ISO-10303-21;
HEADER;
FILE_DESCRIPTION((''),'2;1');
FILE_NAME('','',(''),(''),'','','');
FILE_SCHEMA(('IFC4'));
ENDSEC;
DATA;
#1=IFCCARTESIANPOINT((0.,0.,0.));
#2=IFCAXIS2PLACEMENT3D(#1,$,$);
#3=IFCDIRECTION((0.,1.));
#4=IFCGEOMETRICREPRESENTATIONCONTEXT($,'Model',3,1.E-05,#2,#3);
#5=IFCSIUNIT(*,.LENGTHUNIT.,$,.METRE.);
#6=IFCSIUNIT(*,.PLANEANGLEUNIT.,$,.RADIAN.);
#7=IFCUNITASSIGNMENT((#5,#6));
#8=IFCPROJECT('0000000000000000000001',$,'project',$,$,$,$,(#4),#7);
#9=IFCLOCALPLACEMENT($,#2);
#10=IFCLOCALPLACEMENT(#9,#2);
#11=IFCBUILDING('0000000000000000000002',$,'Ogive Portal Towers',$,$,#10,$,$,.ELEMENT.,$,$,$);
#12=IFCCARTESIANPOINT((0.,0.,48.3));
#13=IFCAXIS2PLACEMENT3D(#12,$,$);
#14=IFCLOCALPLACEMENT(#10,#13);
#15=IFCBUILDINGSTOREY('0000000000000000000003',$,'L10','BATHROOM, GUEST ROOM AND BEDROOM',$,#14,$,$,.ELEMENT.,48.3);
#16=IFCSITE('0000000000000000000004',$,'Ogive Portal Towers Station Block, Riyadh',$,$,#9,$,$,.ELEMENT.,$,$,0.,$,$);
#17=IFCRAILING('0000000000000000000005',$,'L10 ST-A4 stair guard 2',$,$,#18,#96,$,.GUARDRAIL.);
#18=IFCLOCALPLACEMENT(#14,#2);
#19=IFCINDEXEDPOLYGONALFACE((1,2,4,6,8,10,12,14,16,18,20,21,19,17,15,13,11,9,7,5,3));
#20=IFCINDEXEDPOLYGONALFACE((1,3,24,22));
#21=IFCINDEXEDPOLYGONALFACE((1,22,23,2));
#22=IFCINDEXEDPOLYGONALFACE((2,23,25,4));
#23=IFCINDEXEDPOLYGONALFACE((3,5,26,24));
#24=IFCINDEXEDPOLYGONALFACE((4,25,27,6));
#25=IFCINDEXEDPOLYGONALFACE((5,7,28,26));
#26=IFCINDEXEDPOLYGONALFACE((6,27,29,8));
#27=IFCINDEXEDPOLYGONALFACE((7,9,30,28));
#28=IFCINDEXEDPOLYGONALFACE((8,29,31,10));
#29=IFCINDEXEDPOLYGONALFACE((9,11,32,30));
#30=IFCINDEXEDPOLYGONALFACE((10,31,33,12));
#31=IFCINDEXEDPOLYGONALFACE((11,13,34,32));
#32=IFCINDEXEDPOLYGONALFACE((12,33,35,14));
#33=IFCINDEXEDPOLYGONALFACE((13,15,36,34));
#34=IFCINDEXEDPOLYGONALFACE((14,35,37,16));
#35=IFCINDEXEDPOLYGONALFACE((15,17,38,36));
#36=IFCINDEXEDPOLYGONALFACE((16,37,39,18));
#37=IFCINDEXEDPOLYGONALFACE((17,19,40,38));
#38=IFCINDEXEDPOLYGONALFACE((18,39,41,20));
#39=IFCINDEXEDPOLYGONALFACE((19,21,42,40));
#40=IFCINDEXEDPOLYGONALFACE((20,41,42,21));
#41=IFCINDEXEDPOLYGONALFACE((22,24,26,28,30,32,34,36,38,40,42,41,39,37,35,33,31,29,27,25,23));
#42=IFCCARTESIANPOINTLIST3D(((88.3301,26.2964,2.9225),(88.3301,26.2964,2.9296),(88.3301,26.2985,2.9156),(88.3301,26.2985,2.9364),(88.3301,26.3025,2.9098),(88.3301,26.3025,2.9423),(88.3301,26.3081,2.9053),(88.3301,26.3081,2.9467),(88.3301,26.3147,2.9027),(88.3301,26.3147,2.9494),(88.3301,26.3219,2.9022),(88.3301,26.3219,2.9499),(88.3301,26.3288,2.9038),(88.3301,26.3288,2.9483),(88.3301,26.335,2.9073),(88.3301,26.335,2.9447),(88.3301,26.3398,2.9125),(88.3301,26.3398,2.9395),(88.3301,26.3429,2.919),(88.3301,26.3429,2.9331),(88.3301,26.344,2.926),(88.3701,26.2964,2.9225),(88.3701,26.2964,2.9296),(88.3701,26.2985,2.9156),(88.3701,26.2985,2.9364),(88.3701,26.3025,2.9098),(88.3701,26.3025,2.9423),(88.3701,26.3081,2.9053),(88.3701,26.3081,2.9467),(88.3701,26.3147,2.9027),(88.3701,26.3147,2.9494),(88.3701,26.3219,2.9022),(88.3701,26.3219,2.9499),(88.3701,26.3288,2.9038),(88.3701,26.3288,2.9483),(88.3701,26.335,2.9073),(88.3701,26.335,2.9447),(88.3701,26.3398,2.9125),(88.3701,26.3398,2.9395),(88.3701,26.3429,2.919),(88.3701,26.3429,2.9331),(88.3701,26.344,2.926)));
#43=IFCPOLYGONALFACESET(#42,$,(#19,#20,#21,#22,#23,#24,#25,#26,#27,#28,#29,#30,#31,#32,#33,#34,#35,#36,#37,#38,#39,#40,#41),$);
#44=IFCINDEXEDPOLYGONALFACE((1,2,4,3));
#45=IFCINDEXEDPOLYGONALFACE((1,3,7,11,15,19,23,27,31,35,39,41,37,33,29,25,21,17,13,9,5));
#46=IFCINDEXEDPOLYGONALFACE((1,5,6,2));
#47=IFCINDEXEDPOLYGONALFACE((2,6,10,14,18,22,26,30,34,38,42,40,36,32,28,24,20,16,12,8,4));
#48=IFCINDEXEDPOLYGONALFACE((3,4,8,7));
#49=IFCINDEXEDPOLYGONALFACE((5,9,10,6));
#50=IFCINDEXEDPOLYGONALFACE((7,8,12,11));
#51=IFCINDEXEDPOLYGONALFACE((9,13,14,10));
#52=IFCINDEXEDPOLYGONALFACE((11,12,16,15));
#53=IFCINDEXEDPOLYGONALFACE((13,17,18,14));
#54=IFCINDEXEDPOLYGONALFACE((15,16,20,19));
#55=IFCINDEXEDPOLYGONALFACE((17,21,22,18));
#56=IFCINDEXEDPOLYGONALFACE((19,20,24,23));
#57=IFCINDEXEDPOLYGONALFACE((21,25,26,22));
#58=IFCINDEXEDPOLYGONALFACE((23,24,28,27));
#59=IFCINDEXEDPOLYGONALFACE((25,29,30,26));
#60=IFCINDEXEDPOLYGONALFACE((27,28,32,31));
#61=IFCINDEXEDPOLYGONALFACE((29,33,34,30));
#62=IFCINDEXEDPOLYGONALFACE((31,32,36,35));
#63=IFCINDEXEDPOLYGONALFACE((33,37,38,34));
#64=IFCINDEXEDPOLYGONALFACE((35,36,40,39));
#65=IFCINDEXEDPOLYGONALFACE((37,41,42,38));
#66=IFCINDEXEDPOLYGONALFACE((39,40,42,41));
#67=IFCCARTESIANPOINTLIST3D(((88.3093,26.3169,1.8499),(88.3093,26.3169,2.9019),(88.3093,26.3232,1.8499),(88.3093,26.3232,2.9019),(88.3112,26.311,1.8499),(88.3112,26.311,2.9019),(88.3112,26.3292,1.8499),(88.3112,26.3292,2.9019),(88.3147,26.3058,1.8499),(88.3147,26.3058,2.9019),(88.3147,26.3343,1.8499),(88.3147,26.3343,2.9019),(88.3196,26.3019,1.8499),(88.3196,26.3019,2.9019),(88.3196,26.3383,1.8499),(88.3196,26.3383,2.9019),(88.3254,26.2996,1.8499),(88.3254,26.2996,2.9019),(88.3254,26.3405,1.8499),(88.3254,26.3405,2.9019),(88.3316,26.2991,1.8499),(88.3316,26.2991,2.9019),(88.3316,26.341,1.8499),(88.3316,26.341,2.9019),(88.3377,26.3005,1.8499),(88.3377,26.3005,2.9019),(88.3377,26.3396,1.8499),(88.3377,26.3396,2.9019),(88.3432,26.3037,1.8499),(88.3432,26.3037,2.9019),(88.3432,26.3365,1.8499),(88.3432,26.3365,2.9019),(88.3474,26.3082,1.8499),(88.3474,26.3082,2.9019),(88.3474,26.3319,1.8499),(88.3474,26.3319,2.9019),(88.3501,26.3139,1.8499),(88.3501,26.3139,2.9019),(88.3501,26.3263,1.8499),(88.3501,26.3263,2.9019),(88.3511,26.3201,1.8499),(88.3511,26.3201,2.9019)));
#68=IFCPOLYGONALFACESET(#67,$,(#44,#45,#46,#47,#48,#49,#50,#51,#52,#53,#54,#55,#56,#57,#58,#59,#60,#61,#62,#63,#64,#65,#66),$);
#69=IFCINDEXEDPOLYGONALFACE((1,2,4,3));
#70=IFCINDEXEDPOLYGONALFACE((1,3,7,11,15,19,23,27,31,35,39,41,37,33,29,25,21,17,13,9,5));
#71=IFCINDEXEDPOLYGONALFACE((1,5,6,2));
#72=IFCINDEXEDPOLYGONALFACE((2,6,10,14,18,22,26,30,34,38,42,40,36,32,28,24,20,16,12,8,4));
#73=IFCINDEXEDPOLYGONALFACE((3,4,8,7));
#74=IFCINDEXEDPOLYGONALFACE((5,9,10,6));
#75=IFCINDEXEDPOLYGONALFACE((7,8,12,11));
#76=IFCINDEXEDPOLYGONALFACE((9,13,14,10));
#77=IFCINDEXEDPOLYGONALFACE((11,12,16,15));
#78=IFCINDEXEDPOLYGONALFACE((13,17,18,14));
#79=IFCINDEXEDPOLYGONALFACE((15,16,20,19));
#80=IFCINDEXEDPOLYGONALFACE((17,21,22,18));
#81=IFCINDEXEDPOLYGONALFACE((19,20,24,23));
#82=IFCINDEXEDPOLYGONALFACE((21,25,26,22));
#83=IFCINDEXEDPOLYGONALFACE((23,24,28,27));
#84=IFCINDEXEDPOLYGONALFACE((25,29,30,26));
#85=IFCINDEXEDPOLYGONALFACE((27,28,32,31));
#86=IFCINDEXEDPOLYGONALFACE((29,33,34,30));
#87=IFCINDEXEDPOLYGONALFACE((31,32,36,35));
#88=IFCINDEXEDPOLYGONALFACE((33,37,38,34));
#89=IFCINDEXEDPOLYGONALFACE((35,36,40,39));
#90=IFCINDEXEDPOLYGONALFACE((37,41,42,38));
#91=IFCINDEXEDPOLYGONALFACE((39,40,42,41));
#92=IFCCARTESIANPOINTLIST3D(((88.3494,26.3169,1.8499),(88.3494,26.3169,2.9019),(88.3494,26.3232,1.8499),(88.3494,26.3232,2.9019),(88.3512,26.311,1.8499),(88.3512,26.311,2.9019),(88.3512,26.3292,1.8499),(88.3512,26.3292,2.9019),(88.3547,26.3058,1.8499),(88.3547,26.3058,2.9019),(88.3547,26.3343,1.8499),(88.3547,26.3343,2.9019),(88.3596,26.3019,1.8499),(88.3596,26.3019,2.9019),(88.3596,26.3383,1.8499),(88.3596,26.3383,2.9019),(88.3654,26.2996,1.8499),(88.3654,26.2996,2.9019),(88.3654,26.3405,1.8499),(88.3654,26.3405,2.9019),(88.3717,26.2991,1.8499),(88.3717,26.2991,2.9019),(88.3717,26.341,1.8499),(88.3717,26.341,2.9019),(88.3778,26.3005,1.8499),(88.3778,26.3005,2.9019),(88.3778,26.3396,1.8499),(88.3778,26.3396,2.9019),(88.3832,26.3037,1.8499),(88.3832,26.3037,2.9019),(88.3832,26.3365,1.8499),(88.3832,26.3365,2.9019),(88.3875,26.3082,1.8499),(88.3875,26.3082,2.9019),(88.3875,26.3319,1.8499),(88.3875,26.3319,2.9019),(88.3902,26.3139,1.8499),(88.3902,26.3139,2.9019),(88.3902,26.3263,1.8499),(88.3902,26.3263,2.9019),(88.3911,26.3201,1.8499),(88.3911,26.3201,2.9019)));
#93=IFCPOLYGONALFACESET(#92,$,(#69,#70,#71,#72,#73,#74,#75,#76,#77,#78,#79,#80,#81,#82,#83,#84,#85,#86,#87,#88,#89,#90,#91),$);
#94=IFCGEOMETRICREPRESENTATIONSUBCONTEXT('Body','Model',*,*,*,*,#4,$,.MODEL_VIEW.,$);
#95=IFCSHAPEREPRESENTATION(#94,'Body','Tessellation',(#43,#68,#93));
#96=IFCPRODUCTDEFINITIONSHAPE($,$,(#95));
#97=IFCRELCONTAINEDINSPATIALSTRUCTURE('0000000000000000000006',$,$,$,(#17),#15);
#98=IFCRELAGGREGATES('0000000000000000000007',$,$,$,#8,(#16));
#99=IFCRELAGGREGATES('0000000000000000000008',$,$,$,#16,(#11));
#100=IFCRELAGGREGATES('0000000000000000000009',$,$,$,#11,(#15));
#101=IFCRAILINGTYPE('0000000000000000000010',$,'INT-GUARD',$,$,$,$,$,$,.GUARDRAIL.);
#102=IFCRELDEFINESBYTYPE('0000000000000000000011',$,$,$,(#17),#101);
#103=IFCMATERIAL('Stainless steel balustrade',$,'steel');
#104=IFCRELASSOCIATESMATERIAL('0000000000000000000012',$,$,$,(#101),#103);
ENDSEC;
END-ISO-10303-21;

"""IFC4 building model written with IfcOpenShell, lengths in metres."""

from ifc_helpers import new_model, si_unit, direction, frame, origin, origin_2d, place, context, subcontext, project, spatial, circle, extrude, material, type_object, element, save


model = new_model("IFC4")

# Units and contexts
model_context = context("Model", 3, precision=1e-05, world=origin(), true_north=direction((0.0, 1.0)))
body_context = subcontext(model_context, "Body", "Model", "MODEL_VIEW")
ifc_project = project(units=[si_unit("LENGTHUNIT", "METRE"), si_unit("PLANEANGLEUNIT", "RADIAN")], contexts=[model_context])

# Site, building, storey
site_placement = place(None, origin())
site = spatial("IfcSite", under=ifc_project, at=site_placement, Name="Ogive Portal Towers Station Block, Riyadh", CompositionType="ELEMENT", RefElevation=0.0)
building_placement = place(site_placement, origin())
building = spatial("IfcBuilding", under=site, at=building_placement, Name="Ogive Portal Towers", CompositionType="ELEMENT")
storey_placement = place(building_placement, frame((0.0, 0.0, 48.3)))
storey = spatial("IfcBuildingStorey", under=building, at=storey_placement, Name="L10", Description="BATHROOM, GUEST ROOM AND BEDROOM", CompositionType="ELEMENT", Elevation=48.3)

# Railing
ifc_material_1 = material(Name="Stainless steel balustrade", Category="steel")
railing_type_1 = type_object("IfcRailingType", Name="INT-GUARD", PredefinedType="GUARDRAIL", material=ifc_material_1)
railing_1_placement = place(storey_placement, frame((88.3301, 26.3201, 1.8499)))
element("IfcRailing", 1, at=railing_1_placement, inside=storey, type_object=railing_type_1, Name="L10 ST-A4 stair guard 2", PredefinedType="GUARDRAIL", context=body_context, shape_type="SweptSolid", body=[
    extrude(circle(Radius=0.0239, at=origin_2d()), frame((0.0, 0.0, 1.0762), z_axis=(1.0, 0.0, 0.0), x_axis=(0.0, 1.0, 0.0)), (0.0, 0.0, 1.0), 0.04),
    extrude(circle(Radius=0.021, at=origin_2d()), origin(), (0.0, 0.0, 1.0), 1.052),
    extrude(circle(Radius=0.021, at=origin_2d()), frame((0.04, 0.0, 0.0)), (0.0, 0.0, 1.0), 1.052),
])

save(model, "model.ifc")
